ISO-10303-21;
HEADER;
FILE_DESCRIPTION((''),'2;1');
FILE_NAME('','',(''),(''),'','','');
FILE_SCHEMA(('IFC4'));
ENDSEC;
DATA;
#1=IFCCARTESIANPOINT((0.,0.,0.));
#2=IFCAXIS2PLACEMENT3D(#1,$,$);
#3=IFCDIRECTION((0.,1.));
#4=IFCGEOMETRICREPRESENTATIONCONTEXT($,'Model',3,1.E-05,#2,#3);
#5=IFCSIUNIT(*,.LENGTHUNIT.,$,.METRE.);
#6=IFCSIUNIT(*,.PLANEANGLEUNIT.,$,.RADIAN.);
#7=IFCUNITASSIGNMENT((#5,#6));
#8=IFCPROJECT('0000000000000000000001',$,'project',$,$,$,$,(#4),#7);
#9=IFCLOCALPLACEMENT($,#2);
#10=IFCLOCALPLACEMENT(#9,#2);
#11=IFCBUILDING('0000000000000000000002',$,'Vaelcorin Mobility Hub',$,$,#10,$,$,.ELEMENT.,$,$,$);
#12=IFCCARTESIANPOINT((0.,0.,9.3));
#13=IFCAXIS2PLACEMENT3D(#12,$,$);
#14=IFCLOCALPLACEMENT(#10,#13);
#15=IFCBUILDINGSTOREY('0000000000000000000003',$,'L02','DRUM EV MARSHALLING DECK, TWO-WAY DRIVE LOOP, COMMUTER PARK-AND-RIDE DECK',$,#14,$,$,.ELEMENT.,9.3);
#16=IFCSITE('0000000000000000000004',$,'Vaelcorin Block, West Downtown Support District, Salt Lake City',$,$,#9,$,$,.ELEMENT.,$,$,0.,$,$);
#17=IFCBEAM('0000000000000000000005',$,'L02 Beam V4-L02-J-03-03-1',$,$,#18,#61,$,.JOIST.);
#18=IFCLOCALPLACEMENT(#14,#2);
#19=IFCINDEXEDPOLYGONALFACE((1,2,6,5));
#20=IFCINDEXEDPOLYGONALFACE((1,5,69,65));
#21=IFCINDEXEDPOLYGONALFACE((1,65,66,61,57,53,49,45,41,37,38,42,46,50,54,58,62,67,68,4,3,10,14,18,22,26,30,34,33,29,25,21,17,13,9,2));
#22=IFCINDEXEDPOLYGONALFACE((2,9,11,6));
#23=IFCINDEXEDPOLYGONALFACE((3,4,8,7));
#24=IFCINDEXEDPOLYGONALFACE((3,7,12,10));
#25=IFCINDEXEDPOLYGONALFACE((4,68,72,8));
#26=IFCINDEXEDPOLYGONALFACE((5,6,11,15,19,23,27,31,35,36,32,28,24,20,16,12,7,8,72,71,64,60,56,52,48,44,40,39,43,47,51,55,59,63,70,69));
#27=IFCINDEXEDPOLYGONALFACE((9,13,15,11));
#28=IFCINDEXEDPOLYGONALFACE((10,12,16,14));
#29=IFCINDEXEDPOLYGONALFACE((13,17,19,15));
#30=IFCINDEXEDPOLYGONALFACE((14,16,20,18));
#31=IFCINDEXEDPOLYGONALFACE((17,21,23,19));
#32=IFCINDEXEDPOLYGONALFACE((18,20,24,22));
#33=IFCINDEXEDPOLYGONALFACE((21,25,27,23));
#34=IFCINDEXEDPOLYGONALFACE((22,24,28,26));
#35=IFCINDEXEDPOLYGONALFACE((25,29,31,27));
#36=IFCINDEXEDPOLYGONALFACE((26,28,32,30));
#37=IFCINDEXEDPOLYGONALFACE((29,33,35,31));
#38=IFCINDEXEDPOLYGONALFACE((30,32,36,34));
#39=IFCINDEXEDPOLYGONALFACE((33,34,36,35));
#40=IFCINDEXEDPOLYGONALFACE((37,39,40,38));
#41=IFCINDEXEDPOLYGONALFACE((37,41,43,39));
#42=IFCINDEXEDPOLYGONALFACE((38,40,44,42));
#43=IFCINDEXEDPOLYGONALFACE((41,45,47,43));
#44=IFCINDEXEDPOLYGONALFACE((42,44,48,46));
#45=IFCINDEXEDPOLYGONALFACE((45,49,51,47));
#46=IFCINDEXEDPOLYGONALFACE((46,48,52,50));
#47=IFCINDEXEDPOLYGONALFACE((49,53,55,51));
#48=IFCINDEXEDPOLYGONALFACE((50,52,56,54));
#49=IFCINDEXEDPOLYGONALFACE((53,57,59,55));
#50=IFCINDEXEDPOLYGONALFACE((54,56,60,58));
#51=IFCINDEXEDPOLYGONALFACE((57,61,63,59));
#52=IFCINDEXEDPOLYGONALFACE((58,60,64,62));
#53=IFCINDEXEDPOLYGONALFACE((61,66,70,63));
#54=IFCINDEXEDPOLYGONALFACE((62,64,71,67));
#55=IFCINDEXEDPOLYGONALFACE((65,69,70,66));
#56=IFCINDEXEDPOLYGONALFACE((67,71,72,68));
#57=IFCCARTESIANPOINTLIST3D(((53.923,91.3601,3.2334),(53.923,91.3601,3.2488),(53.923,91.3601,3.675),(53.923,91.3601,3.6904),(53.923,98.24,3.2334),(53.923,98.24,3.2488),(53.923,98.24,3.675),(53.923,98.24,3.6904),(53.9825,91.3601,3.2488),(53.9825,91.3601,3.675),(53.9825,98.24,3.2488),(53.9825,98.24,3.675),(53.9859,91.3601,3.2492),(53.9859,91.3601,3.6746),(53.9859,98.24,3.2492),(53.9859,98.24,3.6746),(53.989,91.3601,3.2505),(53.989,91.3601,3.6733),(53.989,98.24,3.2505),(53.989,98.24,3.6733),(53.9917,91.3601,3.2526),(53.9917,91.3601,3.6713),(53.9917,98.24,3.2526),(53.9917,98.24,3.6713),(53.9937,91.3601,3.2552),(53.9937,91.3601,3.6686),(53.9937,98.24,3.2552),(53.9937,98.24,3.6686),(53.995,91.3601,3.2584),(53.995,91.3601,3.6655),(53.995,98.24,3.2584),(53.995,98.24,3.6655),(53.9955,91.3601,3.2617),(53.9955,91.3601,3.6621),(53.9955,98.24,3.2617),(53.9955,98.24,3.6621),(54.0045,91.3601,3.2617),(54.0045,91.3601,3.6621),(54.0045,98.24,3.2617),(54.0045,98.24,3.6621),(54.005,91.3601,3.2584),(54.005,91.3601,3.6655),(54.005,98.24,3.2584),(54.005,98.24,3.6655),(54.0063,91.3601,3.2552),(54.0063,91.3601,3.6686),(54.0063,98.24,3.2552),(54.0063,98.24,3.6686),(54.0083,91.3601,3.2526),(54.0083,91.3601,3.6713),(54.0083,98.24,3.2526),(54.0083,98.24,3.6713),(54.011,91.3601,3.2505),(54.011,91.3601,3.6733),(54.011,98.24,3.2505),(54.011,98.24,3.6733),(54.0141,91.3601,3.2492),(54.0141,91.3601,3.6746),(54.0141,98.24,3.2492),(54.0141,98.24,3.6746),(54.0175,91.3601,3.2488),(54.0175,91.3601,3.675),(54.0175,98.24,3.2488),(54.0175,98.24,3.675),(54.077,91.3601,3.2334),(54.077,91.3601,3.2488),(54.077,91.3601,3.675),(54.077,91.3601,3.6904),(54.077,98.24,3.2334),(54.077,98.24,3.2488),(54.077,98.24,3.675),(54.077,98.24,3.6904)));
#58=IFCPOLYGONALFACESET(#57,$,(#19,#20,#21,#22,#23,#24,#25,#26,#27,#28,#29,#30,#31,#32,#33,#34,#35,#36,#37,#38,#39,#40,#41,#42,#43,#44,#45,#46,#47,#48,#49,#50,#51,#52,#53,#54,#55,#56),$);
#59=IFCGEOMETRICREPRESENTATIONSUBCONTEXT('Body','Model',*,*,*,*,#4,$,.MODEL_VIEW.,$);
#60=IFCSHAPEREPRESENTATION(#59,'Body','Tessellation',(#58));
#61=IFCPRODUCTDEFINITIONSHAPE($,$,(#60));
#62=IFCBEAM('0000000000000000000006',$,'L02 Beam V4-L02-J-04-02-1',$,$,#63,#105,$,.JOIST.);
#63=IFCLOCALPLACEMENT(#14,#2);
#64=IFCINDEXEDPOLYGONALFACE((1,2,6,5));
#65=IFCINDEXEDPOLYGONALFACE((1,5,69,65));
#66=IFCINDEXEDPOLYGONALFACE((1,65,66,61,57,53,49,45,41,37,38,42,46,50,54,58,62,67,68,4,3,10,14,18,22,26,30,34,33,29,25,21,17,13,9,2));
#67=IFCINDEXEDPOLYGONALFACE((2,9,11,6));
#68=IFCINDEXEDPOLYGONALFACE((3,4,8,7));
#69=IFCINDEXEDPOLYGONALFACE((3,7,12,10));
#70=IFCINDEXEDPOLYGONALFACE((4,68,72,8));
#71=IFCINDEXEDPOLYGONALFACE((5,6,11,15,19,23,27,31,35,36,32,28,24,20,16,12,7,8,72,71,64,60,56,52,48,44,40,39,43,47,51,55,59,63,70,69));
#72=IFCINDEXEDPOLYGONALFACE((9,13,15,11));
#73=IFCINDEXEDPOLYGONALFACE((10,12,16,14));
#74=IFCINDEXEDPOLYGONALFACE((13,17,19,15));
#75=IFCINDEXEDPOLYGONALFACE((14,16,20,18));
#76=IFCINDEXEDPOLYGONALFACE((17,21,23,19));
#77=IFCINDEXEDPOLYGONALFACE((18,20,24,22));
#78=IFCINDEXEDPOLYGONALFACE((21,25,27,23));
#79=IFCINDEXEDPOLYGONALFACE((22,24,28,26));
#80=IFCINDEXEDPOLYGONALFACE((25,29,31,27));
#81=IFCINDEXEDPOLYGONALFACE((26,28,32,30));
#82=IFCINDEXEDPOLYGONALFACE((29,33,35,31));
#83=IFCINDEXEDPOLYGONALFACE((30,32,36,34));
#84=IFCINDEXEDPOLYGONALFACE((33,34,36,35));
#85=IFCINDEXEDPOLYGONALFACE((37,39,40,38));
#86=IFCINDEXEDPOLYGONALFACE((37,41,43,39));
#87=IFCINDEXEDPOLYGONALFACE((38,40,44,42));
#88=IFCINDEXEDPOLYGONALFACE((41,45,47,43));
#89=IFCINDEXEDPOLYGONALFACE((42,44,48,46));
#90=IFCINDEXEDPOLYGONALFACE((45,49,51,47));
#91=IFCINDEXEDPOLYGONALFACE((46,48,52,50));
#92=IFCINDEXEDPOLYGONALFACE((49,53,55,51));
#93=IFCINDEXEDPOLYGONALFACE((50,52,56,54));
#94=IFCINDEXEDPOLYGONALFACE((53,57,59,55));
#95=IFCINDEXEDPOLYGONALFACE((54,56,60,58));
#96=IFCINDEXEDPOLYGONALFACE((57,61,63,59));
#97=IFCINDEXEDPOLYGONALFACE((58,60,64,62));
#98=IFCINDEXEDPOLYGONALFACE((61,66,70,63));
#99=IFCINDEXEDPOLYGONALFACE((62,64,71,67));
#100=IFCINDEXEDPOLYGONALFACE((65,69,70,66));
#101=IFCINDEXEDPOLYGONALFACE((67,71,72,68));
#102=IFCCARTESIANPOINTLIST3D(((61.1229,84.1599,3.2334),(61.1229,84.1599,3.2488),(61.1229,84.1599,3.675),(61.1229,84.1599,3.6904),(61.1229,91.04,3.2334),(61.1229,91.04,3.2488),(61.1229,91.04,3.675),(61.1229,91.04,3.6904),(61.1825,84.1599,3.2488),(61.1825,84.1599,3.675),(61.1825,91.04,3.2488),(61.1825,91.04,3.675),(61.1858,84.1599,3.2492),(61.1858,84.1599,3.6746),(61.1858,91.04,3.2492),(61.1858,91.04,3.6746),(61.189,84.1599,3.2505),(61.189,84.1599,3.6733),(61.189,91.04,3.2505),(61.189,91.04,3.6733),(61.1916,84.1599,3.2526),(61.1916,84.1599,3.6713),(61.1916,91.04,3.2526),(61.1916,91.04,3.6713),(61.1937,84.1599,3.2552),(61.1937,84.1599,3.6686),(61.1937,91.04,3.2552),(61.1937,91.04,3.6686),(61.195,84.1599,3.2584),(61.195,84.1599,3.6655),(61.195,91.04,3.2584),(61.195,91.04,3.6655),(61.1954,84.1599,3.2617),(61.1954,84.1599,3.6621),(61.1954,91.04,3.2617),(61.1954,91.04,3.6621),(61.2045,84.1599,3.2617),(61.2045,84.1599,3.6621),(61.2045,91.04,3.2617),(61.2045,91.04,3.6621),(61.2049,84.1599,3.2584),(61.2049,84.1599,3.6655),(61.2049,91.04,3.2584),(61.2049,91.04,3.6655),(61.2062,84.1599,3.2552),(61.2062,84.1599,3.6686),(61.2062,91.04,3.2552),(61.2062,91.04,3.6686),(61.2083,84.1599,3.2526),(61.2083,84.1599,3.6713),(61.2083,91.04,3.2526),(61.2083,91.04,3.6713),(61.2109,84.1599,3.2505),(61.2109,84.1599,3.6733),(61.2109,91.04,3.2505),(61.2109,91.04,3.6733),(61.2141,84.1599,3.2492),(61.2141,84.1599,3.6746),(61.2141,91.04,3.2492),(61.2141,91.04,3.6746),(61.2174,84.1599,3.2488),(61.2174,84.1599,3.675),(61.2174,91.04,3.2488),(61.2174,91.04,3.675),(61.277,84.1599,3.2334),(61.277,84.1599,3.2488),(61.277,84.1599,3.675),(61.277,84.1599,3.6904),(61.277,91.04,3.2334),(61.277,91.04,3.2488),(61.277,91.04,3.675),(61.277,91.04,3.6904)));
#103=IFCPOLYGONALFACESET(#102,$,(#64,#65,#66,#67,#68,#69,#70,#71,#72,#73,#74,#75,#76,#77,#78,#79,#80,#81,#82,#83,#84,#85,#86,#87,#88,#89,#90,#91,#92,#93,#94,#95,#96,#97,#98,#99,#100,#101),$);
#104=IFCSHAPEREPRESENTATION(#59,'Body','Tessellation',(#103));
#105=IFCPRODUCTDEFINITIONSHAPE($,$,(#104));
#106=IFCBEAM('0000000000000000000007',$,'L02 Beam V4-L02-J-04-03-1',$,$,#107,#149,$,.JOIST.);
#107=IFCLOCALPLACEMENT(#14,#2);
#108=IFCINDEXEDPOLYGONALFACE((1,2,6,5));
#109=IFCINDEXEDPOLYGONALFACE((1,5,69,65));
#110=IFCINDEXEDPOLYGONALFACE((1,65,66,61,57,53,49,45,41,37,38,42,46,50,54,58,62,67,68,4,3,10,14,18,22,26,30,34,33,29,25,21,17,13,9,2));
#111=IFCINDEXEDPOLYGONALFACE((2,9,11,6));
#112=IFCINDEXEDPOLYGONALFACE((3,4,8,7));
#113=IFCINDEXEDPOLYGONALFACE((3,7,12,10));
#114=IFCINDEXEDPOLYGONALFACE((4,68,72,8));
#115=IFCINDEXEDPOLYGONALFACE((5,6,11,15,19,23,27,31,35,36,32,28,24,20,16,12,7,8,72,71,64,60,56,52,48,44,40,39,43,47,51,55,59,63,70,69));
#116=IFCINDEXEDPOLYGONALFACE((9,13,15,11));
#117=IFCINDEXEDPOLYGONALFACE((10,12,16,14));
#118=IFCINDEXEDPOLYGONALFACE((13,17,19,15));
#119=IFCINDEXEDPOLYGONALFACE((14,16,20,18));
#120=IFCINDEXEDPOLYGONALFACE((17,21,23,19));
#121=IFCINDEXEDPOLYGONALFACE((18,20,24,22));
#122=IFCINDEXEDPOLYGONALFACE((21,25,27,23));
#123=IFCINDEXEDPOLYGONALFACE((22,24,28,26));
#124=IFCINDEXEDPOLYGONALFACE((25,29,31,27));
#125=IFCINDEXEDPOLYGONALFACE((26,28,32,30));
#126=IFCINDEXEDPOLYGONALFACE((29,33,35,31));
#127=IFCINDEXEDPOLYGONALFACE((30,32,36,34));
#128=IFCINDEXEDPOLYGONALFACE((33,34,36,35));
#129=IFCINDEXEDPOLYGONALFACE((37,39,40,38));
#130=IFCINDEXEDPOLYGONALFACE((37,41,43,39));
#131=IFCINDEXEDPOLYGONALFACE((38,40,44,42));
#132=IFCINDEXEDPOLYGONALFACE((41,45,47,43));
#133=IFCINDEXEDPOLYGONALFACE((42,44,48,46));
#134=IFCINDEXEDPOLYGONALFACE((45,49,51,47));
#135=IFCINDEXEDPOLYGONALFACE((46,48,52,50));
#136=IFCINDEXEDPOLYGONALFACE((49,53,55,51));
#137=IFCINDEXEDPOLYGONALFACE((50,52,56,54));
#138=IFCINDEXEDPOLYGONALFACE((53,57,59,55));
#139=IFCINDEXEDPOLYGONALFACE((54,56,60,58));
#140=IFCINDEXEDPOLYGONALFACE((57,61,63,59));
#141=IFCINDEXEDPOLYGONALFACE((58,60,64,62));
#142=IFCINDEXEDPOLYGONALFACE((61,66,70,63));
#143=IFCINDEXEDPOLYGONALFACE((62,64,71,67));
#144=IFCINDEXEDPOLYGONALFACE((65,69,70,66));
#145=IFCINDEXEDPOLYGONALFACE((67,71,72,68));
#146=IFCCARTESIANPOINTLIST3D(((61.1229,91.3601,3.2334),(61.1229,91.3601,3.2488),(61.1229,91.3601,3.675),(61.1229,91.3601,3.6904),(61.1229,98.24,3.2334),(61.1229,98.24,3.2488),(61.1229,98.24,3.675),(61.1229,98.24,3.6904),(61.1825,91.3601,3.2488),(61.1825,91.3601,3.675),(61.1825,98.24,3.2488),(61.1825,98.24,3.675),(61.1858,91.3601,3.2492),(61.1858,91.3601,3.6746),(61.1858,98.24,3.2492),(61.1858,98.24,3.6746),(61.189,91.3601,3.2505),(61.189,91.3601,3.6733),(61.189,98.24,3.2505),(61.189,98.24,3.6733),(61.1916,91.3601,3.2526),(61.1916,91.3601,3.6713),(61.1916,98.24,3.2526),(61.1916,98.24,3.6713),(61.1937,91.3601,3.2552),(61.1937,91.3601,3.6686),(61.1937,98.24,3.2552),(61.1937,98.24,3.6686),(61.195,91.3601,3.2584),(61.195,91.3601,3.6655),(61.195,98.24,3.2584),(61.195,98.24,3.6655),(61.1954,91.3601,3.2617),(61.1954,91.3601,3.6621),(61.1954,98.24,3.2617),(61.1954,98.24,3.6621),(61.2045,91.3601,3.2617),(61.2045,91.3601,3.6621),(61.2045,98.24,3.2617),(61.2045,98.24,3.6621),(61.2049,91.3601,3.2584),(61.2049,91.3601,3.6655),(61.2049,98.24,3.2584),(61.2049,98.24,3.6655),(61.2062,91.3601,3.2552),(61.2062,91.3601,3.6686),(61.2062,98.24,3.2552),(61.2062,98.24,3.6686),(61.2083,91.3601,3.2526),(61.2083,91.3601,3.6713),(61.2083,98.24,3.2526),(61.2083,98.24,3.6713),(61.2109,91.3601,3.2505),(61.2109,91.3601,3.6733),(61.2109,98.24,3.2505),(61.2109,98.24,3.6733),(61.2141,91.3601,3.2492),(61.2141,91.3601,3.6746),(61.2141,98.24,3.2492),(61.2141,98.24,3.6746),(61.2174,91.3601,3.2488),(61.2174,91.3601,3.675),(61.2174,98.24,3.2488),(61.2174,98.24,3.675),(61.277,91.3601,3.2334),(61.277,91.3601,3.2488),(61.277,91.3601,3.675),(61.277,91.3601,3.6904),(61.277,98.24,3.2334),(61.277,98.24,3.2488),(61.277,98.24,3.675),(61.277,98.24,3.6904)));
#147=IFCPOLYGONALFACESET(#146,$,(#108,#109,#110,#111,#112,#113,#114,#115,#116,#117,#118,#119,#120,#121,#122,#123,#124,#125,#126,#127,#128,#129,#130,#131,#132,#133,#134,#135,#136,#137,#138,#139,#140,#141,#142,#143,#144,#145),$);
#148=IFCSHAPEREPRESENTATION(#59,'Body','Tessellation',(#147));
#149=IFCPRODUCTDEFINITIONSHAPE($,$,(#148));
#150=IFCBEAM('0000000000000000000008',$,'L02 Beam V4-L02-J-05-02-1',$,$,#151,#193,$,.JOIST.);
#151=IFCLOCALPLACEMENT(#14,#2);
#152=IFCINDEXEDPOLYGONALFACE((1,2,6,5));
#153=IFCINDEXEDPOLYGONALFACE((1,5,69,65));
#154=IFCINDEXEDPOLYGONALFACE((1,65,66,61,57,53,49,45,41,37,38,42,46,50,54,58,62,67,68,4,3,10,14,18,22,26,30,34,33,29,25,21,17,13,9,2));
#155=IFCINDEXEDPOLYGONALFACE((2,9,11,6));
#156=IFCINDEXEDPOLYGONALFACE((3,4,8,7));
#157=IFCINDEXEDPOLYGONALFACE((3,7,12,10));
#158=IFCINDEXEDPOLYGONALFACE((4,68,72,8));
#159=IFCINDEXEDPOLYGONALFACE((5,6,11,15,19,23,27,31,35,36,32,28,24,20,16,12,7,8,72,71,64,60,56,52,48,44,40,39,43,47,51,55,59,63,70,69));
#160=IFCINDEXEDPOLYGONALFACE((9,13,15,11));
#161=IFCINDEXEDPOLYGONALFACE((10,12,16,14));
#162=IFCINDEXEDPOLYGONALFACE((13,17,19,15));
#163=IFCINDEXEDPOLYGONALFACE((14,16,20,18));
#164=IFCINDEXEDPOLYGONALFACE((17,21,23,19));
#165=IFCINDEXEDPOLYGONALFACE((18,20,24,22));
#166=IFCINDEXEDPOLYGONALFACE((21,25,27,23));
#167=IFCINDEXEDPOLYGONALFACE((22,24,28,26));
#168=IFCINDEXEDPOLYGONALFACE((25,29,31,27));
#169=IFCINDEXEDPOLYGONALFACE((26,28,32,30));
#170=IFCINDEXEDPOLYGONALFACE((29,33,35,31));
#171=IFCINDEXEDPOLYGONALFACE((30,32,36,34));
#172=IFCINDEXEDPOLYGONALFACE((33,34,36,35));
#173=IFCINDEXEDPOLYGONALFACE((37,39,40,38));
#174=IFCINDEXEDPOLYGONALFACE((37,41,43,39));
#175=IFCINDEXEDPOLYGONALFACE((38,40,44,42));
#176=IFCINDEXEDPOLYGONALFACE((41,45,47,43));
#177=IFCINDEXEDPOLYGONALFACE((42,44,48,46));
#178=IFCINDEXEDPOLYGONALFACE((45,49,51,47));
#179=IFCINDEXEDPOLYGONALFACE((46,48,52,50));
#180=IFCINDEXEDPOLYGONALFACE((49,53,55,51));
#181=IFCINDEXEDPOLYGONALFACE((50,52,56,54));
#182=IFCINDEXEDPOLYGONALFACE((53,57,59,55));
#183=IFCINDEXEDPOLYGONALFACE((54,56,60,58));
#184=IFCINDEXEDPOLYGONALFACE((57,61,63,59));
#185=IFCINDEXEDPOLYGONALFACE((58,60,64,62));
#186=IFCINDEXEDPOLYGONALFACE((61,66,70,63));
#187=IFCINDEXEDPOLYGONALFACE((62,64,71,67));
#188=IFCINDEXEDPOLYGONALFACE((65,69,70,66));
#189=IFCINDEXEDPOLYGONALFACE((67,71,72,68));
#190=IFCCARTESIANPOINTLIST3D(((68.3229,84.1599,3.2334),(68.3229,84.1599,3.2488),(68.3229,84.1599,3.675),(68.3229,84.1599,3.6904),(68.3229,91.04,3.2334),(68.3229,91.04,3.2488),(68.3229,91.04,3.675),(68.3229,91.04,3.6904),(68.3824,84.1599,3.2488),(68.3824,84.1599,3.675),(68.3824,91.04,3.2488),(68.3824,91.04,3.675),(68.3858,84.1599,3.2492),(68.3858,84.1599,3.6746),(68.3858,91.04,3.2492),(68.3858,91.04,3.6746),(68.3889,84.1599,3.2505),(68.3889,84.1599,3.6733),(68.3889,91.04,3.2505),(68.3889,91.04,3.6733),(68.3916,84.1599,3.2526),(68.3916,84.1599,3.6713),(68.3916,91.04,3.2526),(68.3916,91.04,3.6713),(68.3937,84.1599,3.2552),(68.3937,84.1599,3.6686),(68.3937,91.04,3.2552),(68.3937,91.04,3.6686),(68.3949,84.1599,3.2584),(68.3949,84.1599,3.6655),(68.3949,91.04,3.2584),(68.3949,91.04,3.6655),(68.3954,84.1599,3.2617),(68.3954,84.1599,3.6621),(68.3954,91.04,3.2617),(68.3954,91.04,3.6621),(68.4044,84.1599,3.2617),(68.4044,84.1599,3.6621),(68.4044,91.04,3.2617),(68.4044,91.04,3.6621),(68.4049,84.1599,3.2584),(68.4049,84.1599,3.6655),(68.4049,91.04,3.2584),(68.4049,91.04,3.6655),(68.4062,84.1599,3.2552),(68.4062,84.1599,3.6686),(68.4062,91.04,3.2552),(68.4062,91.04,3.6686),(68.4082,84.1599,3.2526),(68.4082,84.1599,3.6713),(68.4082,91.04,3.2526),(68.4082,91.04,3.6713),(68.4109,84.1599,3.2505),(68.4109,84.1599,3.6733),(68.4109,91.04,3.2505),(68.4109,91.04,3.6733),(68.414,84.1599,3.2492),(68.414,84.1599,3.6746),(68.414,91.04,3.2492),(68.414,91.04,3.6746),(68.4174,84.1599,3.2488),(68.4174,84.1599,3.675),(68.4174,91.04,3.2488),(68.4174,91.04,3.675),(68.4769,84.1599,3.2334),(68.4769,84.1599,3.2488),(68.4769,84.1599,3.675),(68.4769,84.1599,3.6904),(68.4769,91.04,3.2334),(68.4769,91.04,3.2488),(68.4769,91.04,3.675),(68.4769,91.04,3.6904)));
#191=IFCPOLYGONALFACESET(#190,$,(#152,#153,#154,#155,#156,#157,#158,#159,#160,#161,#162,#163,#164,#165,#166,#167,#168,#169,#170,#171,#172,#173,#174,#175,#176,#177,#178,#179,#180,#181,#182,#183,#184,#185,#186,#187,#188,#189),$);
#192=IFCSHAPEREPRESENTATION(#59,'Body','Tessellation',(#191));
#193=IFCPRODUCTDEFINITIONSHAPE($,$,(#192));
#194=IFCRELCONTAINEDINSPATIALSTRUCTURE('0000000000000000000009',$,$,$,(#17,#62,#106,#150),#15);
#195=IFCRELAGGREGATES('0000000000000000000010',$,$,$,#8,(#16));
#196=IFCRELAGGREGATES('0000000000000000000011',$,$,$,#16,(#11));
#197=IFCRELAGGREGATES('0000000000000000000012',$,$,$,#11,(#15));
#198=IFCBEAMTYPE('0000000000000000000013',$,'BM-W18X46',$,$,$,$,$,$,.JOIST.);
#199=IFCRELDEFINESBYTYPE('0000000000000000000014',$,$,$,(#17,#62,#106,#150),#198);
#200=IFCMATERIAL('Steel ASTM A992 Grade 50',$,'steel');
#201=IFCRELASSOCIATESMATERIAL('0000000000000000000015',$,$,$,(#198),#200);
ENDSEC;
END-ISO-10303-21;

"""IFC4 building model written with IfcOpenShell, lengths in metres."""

from ifc_helpers import new_model, si_unit, direction, frame, origin, origin_2d, place, context, subcontext, project, spatial, i_section, extrude, material, material_profile, profile_set, type_object, element, save


model = new_model("IFC4")

# Units and contexts
model_context = context("Model", 3, precision=1e-05, world=origin(), true_north=direction((0.0, 1.0)))
body_context = subcontext(model_context, "Body", "Model", "MODEL_VIEW")
ifc_project = project(units=[si_unit("LENGTHUNIT", "METRE"), si_unit("PLANEANGLEUNIT", "RADIAN")], contexts=[model_context])

# Site, building, storey
site_placement = place(None, origin())
site = spatial("IfcSite", under=ifc_project, at=site_placement, Name="Vaelcorin Block, West Downtown Support District, Salt Lake City", CompositionType="ELEMENT", RefElevation=0.0)
building_placement = place(site_placement, origin())
building = spatial("IfcBuilding", under=site, at=building_placement, Name="Vaelcorin Mobility Hub", CompositionType="ELEMENT")
storey_placement = place(building_placement, frame((0.0, 0.0, 9.3)))
storey = spatial("IfcBuildingStorey", under=building, at=storey_placement, Name="L02", Description="DRUM EV MARSHALLING DECK, TWO-WAY DRIVE LOOP, COMMUTER PARK-AND-RIDE DECK", CompositionType="ELEMENT", Elevation=9.3)

# Shared definitions
ifc_material_1 = material(Name="Steel ASTM A992 Grade 50", Category="steel")

# Beams
ifc_material_profile_1 = material_profile(ifc_material_1, i_section(OverallWidth=0.1541, OverallDepth=0.457, WebThickness=0.009, FlangeThickness=0.0154, FilletRadius=0.0129, at=origin_2d()), Name="W18X46")
ifc_profile_set_1 = profile_set([ifc_material_profile_1], Name="Steel ASTM A992 Grade 50")
beam_type_1 = type_object("IfcBeamType", Name="BM-W18X46", PredefinedType="JOIST", material=ifc_profile_set_1)
beam_1_placement = place(storey_placement, frame((54.0, 91.3601, 3.4619), z_axis=(0.0, 1.0, 0.0), x_axis=(-1.0, 0.0, 0.0)))
element("IfcBeam", 1, at=beam_1_placement, inside=storey, type_object=beam_type_1, Name="L02 Beam V4-L02-J-03-03-1", PredefinedType="JOIST", context=body_context, shape_type="SweptSolid", body=[
    extrude(i_section(OverallWidth=0.1541, OverallDepth=0.457, WebThickness=0.009, FlangeThickness=0.0154, FilletRadius=0.0129, at=origin_2d()), origin(), (0.0, 0.0, 1.0), 6.8799),
])
beam_2_placement = place(storey_placement, frame((61.2, 84.1599, 3.4619), z_axis=(0.0, 1.0, 0.0), x_axis=(-1.0, 0.0, 0.0)))
element("IfcBeam", 2, at=beam_2_placement, inside=storey, type_object=beam_type_1, Name="L02 Beam V4-L02-J-04-02-1", PredefinedType="JOIST", context=body_context, shape_type="SweptSolid", body=[
    extrude(i_section(OverallWidth=0.1541, OverallDepth=0.457, WebThickness=0.009, FlangeThickness=0.0154, FilletRadius=0.0129, at=origin_2d()), origin(), (0.0, 0.0, 1.0), 6.8801),
])
beam_3_placement = place(storey_placement, frame((61.2, 91.3601, 3.4619), z_axis=(0.0, 1.0, 0.0), x_axis=(-1.0, 0.0, 0.0)))
element("IfcBeam", 3, at=beam_3_placement, inside=storey, type_object=beam_type_1, Name="L02 Beam V4-L02-J-04-03-1", PredefinedType="JOIST", context=body_context, shape_type="SweptSolid", body=[
    extrude(i_section(OverallWidth=0.1541, OverallDepth=0.457, WebThickness=0.009, FlangeThickness=0.0154, FilletRadius=0.0129, at=origin_2d()), origin(), (0.0, 0.0, 1.0), 6.8799),
])
beam_4_placement = place(storey_placement, frame((68.3999, 84.1599, 3.4619), z_axis=(0.0, 1.0, 0.0), x_axis=(-1.0, 0.0, 0.0)))
element("IfcBeam", 4, at=beam_4_placement, inside=storey, type_object=beam_type_1, Name="L02 Beam V4-L02-J-05-02-1", PredefinedType="JOIST", context=body_context, shape_type="SweptSolid", body=[
    extrude(i_section(OverallWidth=0.1541, OverallDepth=0.457, WebThickness=0.009, FlangeThickness=0.0154, FilletRadius=0.0129, at=origin_2d()), origin(), (0.0, 0.0, 1.0), 6.8801),
])

save(model, "model.ifc")
